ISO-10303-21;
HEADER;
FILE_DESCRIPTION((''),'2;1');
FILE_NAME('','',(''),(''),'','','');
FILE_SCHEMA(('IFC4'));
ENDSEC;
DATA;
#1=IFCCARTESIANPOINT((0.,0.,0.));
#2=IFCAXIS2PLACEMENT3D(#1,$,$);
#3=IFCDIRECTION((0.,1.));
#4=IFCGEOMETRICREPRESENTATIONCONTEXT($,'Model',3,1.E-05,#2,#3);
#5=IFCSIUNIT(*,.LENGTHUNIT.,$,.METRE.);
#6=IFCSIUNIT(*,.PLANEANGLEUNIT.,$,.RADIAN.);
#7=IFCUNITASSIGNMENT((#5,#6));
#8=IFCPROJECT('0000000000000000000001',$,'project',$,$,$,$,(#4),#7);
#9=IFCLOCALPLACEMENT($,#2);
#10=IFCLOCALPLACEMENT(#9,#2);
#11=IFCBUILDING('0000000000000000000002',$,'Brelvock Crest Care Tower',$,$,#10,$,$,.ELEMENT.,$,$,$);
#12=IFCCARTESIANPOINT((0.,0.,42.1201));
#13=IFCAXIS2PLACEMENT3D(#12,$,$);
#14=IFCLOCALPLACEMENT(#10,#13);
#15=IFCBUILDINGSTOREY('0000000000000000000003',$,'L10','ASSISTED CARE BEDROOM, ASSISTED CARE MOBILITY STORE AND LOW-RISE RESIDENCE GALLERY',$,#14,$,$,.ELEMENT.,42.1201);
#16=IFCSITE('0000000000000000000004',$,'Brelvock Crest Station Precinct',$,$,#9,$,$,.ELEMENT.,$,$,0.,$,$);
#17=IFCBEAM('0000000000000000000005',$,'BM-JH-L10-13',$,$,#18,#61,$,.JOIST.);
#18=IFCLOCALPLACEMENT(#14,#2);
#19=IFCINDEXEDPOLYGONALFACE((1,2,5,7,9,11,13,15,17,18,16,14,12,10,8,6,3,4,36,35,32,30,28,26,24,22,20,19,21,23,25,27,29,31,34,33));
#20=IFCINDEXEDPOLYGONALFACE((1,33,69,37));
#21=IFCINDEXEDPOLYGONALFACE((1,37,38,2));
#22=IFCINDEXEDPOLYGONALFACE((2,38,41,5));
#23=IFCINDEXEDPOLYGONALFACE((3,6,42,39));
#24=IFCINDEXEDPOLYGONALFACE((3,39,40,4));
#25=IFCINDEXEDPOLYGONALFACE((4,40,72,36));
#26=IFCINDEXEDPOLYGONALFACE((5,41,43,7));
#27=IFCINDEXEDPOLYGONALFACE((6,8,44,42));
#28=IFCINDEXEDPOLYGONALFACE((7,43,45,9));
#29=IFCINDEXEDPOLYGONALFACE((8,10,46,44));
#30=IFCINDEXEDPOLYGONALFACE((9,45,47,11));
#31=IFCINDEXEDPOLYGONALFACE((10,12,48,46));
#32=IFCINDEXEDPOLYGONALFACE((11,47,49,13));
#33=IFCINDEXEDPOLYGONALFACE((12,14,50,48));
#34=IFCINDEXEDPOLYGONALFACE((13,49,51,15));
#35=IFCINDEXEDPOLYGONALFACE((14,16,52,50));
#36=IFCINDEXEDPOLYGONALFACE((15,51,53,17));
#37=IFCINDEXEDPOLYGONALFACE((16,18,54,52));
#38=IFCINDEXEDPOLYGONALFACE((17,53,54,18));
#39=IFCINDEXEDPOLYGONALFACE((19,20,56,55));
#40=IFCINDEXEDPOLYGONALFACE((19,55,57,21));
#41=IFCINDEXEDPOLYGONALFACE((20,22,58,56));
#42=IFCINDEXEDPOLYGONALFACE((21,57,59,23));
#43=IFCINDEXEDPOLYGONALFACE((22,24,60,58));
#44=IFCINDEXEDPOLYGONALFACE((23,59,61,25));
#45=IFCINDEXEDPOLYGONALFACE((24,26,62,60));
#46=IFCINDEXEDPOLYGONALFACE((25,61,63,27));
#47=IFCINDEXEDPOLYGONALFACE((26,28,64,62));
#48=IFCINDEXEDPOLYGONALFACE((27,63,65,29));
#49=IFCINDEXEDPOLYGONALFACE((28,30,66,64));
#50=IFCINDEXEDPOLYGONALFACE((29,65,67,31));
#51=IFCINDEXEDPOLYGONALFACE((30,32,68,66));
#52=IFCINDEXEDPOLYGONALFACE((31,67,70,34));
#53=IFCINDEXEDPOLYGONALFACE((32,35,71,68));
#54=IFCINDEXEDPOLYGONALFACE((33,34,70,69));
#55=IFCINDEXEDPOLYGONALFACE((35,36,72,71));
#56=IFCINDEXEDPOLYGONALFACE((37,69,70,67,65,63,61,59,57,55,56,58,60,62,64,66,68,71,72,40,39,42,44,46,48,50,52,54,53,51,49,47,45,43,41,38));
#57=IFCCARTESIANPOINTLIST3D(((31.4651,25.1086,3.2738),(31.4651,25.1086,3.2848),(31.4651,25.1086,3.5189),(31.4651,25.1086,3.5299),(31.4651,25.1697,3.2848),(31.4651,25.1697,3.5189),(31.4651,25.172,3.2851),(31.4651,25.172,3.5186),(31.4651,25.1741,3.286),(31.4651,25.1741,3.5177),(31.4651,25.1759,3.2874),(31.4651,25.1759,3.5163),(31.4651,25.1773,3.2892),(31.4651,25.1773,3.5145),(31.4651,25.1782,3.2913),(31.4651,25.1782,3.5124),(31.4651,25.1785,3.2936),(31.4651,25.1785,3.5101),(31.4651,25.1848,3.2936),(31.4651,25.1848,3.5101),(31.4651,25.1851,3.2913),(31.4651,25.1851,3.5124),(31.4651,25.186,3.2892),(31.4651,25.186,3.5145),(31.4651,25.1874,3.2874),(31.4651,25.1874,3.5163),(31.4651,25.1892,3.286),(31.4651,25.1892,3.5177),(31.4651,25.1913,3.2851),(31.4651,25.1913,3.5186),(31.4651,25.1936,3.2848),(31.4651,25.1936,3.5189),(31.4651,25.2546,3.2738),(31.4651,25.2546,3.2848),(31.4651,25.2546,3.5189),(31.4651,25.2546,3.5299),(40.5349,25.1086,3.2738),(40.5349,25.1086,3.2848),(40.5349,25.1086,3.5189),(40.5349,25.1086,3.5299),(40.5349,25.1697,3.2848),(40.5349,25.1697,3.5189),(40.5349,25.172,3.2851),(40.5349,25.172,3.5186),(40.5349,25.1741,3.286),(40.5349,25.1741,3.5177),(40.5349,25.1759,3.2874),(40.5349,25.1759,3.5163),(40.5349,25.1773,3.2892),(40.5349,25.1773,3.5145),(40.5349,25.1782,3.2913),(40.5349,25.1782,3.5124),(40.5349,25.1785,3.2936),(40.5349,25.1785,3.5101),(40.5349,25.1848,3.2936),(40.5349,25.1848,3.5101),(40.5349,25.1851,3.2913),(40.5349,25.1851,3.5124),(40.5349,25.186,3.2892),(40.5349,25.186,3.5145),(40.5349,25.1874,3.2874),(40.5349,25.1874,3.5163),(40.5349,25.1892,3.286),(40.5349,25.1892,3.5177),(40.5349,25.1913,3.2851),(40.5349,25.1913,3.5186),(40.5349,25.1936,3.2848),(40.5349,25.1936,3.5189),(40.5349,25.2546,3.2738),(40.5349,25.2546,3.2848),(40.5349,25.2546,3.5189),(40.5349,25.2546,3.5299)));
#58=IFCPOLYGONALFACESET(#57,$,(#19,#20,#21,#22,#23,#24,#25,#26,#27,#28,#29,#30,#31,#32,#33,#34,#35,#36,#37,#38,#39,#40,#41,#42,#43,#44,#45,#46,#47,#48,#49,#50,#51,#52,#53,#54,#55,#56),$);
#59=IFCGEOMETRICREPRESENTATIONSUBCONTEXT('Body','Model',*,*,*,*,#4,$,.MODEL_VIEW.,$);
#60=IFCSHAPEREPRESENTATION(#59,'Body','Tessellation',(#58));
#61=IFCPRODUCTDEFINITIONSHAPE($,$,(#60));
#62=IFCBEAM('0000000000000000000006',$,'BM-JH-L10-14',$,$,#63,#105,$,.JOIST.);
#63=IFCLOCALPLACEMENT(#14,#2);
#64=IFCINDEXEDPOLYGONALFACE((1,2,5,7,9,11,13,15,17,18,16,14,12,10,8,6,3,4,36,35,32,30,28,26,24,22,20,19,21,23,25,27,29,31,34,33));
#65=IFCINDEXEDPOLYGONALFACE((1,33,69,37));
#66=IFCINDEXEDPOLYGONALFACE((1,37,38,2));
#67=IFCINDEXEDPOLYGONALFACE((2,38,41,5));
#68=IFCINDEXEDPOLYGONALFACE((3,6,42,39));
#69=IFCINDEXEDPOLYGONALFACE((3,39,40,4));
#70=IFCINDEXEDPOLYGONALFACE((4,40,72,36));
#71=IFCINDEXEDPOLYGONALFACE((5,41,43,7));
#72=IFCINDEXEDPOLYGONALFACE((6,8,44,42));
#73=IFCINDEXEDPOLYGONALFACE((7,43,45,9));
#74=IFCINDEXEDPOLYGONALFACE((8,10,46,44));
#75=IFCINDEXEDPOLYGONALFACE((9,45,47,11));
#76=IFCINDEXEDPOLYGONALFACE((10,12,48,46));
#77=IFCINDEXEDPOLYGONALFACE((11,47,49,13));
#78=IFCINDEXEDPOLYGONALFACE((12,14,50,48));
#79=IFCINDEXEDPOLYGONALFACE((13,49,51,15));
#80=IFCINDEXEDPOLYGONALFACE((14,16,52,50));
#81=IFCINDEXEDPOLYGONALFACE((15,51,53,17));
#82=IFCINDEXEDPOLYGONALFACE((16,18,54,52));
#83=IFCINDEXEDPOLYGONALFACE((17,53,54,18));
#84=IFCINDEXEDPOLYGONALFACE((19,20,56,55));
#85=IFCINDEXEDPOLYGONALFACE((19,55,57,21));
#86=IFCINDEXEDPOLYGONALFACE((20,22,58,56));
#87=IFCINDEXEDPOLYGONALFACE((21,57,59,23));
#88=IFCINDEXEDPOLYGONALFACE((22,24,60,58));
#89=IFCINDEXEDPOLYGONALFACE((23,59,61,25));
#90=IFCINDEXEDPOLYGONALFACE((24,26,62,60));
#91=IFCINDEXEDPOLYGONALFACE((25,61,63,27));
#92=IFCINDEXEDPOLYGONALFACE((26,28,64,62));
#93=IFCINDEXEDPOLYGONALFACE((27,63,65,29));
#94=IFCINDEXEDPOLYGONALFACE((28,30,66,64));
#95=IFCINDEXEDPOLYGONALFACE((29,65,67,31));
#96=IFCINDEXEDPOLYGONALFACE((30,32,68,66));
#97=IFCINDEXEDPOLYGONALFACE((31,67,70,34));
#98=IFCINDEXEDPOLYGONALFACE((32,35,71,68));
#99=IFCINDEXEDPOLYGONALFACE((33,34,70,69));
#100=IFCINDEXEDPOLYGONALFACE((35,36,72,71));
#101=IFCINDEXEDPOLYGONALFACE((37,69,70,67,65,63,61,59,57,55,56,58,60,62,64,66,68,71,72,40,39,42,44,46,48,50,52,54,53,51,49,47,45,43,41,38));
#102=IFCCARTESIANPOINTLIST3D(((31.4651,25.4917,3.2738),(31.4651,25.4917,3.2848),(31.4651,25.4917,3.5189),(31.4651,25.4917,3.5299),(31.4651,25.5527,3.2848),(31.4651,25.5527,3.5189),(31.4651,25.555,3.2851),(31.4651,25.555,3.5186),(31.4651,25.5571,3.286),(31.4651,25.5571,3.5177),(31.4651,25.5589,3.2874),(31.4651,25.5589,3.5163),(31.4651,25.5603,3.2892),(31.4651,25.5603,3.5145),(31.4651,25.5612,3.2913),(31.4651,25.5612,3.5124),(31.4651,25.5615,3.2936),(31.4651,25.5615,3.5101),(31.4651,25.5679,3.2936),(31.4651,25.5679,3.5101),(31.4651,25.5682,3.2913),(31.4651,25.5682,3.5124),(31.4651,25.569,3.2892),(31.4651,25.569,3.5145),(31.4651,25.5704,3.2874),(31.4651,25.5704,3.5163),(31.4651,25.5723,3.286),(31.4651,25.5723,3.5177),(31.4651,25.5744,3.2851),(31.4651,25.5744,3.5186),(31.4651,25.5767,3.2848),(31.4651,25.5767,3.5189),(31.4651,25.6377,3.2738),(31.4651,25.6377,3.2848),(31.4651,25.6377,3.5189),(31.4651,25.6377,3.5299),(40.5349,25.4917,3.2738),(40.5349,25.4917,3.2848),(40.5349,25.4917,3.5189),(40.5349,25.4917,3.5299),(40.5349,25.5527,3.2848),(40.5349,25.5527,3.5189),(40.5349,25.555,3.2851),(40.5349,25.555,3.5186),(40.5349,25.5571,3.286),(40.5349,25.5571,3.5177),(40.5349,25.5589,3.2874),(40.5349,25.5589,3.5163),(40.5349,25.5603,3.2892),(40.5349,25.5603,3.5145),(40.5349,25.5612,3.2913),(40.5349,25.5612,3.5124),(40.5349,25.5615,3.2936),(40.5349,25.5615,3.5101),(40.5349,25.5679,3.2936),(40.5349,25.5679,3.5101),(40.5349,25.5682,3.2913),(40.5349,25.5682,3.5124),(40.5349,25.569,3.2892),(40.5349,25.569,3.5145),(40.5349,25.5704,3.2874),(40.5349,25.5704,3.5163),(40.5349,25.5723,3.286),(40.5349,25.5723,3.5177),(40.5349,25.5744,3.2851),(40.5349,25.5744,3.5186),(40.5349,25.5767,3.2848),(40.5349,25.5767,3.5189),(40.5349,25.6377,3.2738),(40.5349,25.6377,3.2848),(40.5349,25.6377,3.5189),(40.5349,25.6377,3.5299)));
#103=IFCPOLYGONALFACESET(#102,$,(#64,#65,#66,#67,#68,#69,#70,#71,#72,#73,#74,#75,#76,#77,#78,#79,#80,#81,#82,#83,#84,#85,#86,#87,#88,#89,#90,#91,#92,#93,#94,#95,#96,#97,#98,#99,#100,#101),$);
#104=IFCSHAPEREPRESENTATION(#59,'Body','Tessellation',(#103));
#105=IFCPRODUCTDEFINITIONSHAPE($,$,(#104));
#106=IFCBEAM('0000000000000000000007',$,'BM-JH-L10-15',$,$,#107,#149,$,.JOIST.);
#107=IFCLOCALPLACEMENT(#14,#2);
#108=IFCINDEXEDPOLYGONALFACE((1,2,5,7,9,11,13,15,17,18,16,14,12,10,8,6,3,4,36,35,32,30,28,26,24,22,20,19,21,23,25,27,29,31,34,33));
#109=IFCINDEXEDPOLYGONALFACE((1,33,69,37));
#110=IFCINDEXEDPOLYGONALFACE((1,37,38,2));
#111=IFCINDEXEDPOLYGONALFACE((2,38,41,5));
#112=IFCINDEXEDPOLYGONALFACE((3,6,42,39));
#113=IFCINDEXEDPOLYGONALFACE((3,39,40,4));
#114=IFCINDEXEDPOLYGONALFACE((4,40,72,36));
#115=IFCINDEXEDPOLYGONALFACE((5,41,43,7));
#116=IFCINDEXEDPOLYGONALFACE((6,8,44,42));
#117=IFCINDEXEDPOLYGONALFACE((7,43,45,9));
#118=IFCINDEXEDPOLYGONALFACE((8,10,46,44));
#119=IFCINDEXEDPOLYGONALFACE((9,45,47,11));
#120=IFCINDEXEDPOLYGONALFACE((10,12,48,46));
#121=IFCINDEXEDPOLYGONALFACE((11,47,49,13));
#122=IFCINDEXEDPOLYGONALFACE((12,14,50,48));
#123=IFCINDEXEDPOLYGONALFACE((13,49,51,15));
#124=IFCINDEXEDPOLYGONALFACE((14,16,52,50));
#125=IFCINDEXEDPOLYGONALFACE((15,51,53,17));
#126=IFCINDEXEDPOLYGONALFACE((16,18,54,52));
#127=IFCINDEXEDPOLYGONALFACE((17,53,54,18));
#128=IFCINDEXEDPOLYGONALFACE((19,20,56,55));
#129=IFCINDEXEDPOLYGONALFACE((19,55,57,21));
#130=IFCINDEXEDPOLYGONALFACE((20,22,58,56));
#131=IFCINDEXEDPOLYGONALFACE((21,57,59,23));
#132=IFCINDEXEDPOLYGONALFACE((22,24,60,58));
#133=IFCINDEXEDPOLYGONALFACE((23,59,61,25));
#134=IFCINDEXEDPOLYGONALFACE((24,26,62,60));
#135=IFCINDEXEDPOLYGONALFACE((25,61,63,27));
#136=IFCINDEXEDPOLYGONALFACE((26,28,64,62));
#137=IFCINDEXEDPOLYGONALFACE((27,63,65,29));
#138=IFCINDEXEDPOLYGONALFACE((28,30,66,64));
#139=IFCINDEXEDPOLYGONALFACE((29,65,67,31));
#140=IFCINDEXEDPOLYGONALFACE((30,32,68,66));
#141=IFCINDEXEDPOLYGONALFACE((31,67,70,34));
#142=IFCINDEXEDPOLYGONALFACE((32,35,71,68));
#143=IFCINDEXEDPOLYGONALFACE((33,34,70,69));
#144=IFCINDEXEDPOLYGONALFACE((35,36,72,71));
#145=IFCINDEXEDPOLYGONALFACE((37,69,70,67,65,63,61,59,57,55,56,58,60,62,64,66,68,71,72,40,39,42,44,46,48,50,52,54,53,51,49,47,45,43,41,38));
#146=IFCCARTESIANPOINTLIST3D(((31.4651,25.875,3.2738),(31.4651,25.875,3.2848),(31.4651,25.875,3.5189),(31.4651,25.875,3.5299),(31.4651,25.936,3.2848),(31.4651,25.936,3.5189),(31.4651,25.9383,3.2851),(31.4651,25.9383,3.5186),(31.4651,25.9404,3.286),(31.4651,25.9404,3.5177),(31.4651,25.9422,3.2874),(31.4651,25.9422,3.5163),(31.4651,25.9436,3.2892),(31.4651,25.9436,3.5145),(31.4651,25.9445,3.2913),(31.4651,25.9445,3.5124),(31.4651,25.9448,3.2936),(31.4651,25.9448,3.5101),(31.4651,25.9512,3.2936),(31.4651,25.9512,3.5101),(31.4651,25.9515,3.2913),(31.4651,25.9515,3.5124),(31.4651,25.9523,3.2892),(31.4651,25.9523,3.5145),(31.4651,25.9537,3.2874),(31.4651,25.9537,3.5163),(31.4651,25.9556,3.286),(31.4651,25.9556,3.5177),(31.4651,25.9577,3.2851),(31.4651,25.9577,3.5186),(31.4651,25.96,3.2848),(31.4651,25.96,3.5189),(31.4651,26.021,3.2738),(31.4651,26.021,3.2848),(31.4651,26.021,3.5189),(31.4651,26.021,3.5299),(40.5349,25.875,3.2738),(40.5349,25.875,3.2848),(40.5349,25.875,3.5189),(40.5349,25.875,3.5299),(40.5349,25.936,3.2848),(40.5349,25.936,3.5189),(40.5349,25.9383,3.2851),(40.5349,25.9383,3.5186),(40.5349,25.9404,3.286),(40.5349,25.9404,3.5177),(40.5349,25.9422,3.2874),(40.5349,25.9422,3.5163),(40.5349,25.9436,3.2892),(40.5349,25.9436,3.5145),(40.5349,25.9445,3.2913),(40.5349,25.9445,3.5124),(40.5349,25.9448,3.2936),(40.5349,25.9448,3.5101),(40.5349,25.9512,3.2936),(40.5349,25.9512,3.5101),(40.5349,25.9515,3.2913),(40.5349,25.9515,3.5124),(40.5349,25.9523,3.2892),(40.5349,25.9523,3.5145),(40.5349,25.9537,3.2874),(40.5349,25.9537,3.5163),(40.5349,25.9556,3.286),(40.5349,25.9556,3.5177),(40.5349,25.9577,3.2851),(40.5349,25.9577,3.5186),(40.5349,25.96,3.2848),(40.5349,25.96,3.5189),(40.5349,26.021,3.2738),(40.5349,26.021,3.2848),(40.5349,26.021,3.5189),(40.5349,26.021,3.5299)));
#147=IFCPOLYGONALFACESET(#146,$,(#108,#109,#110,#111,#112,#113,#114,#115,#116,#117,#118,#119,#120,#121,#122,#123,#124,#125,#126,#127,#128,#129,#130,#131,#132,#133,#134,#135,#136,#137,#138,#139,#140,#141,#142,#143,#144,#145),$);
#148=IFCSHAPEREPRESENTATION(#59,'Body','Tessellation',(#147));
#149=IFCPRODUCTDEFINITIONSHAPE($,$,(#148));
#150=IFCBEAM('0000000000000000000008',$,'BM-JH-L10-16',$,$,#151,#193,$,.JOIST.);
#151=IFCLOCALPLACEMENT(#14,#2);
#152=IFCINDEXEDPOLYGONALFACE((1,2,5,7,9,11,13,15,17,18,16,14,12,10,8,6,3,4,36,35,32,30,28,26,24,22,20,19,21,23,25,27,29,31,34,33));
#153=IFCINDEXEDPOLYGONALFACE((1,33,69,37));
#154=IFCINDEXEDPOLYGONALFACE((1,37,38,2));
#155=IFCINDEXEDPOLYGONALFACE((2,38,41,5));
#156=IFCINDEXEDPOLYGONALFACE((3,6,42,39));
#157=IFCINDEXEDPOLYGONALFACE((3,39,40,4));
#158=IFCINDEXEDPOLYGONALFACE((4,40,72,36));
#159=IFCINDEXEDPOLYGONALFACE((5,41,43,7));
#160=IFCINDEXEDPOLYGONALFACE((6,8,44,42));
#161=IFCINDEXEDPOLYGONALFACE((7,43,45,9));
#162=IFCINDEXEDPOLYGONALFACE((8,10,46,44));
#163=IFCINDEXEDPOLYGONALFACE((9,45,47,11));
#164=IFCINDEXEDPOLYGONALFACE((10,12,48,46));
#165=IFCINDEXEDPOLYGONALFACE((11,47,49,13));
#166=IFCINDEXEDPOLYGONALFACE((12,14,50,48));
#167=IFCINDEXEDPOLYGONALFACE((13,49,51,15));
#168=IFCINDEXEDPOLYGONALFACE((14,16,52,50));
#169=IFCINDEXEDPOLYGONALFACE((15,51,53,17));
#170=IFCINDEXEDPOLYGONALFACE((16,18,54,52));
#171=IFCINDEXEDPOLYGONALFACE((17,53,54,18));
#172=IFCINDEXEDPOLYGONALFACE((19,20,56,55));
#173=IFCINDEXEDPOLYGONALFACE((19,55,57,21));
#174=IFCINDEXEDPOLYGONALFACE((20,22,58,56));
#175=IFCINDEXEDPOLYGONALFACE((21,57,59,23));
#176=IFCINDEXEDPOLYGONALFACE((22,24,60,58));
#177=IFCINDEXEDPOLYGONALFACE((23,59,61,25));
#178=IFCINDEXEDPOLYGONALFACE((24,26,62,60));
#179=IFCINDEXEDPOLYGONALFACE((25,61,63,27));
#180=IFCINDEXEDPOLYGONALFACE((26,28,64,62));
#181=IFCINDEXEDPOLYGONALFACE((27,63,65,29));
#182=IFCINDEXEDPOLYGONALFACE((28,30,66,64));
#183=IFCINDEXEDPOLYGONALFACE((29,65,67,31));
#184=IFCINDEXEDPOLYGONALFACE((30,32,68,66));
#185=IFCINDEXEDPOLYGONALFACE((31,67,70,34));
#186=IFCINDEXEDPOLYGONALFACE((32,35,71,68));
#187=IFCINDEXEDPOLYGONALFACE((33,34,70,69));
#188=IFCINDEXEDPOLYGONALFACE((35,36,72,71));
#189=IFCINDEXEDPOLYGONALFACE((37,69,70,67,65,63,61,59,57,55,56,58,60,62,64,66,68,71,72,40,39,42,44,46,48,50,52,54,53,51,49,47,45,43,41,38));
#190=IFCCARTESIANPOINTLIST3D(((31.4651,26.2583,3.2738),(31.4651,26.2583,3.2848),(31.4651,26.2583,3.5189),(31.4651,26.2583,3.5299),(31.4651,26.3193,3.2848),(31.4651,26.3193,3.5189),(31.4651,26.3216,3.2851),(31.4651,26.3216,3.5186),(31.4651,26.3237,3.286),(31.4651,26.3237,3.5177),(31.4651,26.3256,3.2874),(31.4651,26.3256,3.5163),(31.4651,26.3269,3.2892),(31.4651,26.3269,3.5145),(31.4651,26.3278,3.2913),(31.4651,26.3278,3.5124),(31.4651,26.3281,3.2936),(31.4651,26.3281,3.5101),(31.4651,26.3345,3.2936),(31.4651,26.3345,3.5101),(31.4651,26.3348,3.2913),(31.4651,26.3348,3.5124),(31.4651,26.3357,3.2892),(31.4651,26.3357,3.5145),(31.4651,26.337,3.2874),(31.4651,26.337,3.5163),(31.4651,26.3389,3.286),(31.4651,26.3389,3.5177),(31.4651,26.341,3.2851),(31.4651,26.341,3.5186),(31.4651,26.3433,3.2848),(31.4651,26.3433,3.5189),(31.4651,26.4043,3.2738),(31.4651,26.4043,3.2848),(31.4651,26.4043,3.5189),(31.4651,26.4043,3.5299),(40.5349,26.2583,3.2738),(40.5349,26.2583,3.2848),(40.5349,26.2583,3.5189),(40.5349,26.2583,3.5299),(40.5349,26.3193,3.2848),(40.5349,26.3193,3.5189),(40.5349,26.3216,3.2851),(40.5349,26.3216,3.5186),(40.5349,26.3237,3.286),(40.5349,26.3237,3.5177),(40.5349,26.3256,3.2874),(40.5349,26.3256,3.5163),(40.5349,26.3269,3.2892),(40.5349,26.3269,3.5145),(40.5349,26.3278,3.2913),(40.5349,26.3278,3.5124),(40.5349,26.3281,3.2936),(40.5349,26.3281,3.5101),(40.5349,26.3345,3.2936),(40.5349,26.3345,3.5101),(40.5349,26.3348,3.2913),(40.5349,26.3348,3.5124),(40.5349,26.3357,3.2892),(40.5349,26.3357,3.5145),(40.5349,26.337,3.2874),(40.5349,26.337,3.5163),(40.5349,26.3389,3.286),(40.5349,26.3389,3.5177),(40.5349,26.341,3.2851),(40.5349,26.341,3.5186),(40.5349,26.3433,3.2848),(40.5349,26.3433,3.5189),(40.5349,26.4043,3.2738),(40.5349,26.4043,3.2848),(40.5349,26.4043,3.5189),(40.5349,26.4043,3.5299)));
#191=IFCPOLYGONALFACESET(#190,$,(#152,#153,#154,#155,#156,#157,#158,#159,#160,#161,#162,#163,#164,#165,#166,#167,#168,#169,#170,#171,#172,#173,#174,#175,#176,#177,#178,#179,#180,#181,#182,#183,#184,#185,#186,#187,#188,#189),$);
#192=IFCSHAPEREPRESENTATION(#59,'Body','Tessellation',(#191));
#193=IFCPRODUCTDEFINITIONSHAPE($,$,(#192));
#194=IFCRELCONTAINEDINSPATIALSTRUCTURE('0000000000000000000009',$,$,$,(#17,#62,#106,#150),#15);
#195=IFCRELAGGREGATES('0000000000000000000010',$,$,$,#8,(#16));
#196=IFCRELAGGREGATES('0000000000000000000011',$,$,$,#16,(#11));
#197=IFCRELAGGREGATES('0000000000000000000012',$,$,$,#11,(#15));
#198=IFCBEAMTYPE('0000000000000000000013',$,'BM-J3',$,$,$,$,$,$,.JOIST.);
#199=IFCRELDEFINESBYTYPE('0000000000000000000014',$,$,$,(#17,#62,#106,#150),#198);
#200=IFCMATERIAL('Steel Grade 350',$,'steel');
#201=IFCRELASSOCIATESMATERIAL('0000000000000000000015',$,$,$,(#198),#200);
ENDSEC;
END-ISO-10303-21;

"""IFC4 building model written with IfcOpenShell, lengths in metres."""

from ifc_helpers import new_model, si_unit, direction, frame, origin, origin_2d, place, context, subcontext, project, spatial, i_section, extrude, source, transform, mapped, material, material_profile, profile_set, type_object, element, save


model = new_model("IFC4")

# Units and contexts
model_context = context("Model", 3, precision=1e-05, world=origin(), true_north=direction((0.0, 1.0)))
body_context = subcontext(model_context, "Body", "Model", "MODEL_VIEW")
ifc_project = project(units=[si_unit("LENGTHUNIT", "METRE"), si_unit("PLANEANGLEUNIT", "RADIAN")], contexts=[model_context])

# Site, building, storey
site_placement = place(None, origin())
site = spatial("IfcSite", under=ifc_project, at=site_placement, Name="Brelvock Crest Station Precinct", CompositionType="ELEMENT", RefElevation=0.0)
building_placement = place(site_placement, origin())
building = spatial("IfcBuilding", under=site, at=building_placement, Name="Brelvock Crest Care Tower", CompositionType="ELEMENT")
storey_placement = place(building_placement, frame((0.0, 0.0, 42.1201)))
storey = spatial("IfcBuildingStorey", under=building, at=storey_placement, Name="L10", Description="ASSISTED CARE BEDROOM, ASSISTED CARE MOBILITY STORE AND LOW-RISE RESIDENCE GALLERY", CompositionType="ELEMENT", Elevation=42.1201)

# Beams
ifc_material_1 = material(Name="Steel Grade 350", Category="steel")
ifc_material_profile = material_profile(ifc_material_1, i_section(OverallWidth=0.146, OverallDepth=0.2561, WebThickness=0.0063, FlangeThickness=0.011, FilletRadius=0.0088, at=origin_2d()), Name="250UB37.3")
ifc_profile_set = profile_set([ifc_material_profile], Name="Steel Grade 350")
beam_type = type_object("IfcBeamType", Name="BM-J3", PredefinedType="JOIST", material=ifc_profile_set)
shared_shape_1 = source(origin(), body_context, "Body", "SweptSolid", [
    extrude(i_section(OverallWidth=0.146, OverallDepth=0.2561, WebThickness=0.0063, FlangeThickness=0.011, FilletRadius=0.0088, at=origin_2d()), origin(), (0.0, 0.0, 1.0), 9.0698),
])
for number, where, z_axis, x_axis, name in (
    (1, (31.4651, 25.1816, 3.4019), (1.0, 0.0, 0.0), (0.0, 1.0, 0.0), "BM-JH-L10-13"),
    (2, (31.4651, 25.5647, 3.4019), (1.0, 0.0, 0.0), (0.0, 1.0, 0.0), "BM-JH-L10-14"),
    (3, (31.4651, 25.948, 3.4019), (1.0, 0.0, 0.0), (0.0, 1.0, 0.0), "BM-JH-L10-15"),
    (4, (31.4651, 26.3313, 3.4019), (1.0, 0.0, 0.0), (0.0, 1.0, 0.0), "BM-JH-L10-16"),
):
    element("IfcBeam", number, at=place(storey_placement, frame(where, z_axis=z_axis, x_axis=x_axis)), inside=storey, type_object=beam_type, Name=name, PredefinedType="JOIST", context=body_context, shape_type="MappedRepresentation", body=[
        mapped(shared_shape_1, transform((0.0, 0.0, 0.0), x_axis=(1.0, 0.0, 0.0), y_axis=(0.0, 1.0, 0.0), z_axis=(0.0, 0.0, 1.0), scale=1.0)),
    ])

save(model, "model.ifc")
